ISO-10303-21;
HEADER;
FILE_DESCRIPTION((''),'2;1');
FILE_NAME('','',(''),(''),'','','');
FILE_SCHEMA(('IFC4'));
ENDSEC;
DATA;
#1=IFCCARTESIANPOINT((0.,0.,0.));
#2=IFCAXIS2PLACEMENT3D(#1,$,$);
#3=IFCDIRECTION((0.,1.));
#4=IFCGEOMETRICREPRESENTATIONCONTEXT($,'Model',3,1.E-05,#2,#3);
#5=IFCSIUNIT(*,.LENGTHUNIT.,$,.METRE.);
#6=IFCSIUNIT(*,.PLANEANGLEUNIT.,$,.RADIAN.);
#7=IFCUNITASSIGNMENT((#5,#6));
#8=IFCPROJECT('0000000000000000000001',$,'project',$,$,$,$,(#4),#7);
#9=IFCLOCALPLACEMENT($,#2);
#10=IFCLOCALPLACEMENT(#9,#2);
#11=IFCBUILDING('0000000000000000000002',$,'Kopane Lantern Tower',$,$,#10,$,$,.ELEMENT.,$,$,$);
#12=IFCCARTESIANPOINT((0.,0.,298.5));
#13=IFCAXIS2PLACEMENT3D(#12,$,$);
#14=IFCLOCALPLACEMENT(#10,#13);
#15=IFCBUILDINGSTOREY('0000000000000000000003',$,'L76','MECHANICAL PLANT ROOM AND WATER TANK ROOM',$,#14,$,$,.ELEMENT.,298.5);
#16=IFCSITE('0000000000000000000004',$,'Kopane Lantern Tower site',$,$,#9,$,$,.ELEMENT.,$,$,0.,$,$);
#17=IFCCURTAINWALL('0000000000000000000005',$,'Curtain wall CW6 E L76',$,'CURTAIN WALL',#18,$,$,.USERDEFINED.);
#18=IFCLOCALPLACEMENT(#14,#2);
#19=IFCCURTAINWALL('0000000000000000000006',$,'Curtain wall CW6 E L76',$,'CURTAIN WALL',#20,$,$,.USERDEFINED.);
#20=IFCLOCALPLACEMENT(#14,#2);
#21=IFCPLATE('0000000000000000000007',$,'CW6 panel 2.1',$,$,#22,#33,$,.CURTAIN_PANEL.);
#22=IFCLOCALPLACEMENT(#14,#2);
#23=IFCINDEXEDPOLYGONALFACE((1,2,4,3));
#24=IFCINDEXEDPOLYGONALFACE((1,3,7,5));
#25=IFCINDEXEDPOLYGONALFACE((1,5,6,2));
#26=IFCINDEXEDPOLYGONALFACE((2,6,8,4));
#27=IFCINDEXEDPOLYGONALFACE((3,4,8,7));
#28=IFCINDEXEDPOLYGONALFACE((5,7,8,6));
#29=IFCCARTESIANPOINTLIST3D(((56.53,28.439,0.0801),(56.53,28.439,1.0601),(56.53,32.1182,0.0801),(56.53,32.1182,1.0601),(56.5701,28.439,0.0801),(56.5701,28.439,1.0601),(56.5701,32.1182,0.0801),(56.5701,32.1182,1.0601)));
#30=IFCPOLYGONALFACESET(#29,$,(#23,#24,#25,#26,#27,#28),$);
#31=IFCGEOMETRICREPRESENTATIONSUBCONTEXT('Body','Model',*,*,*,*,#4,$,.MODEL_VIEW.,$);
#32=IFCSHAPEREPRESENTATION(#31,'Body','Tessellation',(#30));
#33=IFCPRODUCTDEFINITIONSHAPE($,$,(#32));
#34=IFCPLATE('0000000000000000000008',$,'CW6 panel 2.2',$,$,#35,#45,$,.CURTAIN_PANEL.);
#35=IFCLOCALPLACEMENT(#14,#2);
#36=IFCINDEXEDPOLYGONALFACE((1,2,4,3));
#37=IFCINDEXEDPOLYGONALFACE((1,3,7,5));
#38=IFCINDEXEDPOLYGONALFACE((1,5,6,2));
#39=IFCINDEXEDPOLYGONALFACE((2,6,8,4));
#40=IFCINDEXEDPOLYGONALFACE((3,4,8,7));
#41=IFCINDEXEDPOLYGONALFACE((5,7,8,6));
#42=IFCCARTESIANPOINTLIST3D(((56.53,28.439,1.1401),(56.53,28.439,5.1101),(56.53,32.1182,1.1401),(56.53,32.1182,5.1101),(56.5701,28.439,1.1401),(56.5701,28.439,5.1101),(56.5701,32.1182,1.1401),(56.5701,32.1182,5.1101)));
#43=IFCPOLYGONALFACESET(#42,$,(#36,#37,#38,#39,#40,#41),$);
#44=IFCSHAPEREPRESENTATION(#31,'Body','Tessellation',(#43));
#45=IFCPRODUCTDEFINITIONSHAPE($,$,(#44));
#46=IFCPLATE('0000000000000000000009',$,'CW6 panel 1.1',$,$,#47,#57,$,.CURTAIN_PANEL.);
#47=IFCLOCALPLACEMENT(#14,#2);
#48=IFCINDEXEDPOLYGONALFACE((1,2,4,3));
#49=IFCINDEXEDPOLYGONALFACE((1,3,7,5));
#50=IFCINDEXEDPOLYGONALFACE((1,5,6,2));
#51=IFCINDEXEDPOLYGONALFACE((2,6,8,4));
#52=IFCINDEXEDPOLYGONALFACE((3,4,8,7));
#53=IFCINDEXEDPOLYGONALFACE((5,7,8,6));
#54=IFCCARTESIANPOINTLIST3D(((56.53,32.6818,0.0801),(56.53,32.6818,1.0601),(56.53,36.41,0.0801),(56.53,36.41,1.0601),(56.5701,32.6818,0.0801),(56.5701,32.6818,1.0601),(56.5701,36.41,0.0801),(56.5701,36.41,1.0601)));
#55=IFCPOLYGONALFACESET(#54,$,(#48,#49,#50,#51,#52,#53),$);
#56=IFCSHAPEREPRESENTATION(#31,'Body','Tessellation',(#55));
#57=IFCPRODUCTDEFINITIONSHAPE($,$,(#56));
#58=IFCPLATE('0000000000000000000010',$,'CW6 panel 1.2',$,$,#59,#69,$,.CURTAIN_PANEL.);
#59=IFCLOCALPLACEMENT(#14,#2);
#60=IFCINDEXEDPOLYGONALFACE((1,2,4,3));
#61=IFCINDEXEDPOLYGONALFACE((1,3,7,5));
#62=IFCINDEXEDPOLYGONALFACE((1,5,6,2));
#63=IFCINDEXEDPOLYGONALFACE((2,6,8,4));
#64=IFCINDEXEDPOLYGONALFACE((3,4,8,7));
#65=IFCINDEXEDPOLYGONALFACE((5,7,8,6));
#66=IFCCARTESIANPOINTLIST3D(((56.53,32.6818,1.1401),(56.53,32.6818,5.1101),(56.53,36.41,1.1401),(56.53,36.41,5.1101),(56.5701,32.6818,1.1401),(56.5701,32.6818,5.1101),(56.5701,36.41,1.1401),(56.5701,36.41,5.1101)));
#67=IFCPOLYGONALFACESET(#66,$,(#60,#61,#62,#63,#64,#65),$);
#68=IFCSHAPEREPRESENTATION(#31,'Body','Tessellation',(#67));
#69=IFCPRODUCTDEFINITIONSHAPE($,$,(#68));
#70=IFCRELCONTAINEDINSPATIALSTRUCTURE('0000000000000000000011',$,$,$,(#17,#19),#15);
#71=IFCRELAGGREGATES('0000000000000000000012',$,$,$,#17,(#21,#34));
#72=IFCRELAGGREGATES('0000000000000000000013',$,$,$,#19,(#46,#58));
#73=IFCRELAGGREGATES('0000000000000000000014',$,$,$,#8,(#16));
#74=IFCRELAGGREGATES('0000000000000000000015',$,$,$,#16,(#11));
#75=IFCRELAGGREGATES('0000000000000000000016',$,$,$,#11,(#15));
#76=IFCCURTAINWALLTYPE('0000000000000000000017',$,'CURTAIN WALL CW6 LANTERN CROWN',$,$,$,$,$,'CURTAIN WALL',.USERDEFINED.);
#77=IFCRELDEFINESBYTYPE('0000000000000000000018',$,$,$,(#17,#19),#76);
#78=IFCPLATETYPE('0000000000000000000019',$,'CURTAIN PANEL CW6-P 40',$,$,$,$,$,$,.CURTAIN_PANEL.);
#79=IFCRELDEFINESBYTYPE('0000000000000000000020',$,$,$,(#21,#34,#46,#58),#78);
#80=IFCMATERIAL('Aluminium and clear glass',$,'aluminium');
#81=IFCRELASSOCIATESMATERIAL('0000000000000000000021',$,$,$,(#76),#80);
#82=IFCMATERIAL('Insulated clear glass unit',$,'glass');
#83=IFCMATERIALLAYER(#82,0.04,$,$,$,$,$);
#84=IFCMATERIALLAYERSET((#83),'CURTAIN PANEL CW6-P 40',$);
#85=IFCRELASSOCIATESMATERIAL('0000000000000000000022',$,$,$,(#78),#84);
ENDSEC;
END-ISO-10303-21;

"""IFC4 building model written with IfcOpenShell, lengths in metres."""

from ifc_helpers import new_model, si_unit, direction, frame, origin, origin_2d, place, context, subcontext, project, spatial, rectangle, extrude, material, layer, layer_set, type_object, element, aggregate, save


model = new_model("IFC4")

# Units and contexts
model_context = context("Model", 3, precision=1e-05, world=origin(), true_north=direction((0.0, 1.0)))
body_context = subcontext(model_context, "Body", "Model", "MODEL_VIEW")
ifc_project = project(units=[si_unit("LENGTHUNIT", "METRE"), si_unit("PLANEANGLEUNIT", "RADIAN")], contexts=[model_context])

# Site, building, storey
site_placement = place(None, origin())
site = spatial("IfcSite", under=ifc_project, at=site_placement, Name="Kopane Lantern Tower site", CompositionType="ELEMENT", RefElevation=0.0)
building_placement = place(site_placement, origin())
building = spatial("IfcBuilding", under=site, at=building_placement, Name="Kopane Lantern Tower", CompositionType="ELEMENT")
storey_placement = place(building_placement, frame((0.0, 0.0, 298.5)))
storey = spatial("IfcBuildingStorey", under=building, at=storey_placement, Name="L76", Description="MECHANICAL PLANT ROOM AND WATER TANK ROOM", CompositionType="ELEMENT", Elevation=298.5)

# Curtain walls
ifc_material_1 = material(Name="Aluminium and clear glass", Category="aluminium")
curtain_wall_type = type_object("IfcCurtainWallType", Name="CURTAIN WALL CW6 LANTERN CROWN", ElementType="CURTAIN WALL", PredefinedType="USERDEFINED", material=ifc_material_1)
curtain_wall_1_placement = place(storey_placement, origin())
curtain_wall_1 = element("IfcCurtainWall", 1, at=curtain_wall_1_placement, inside=storey, type_object=curtain_wall_type, Name="Curtain wall CW6 E L76", ObjectType="CURTAIN WALL", PredefinedType="USERDEFINED")
curtain_wall_2_placement = place(storey_placement, origin())
curtain_wall_2 = element("IfcCurtainWall", 2, at=curtain_wall_2_placement, inside=storey, type_object=curtain_wall_type, Name="Curtain wall CW6 E L76", ObjectType="CURTAIN WALL", PredefinedType="USERDEFINED")

# Plates
ifc_material_2 = material(Name="Insulated clear glass unit", Category="glass")
ifc_layer = layer(ifc_material_2, 0.04)
ifc_layer_set = layer_set([ifc_layer], Name="CURTAIN PANEL CW6-P 40")
plate_type = type_object("IfcPlateType", Name="CURTAIN PANEL CW6-P 40", PredefinedType="CURTAIN_PANEL", material=ifc_layer_set)
plate_1_placement = place(storey_placement, frame((56.55, 30.2786, 0.0801), z_axis=(0.0, 0.0, 1.0), x_axis=(0.0, 1.0, 0.0)))
plate_1 = element("IfcPlate", 3, at=plate_1_placement, type_object=plate_type, Name="CW6 panel 2.1", PredefinedType="CURTAIN_PANEL", context=body_context, shape_type="SweptSolid", body=[
    extrude(rectangle(XDim=3.6792, YDim=0.04, at=origin_2d()), origin(), (0.0, 0.0, 1.0), 0.98),
])
plate_2_placement = place(storey_placement, frame((56.55, 30.2786, 1.1401), z_axis=(0.0, 0.0, 1.0), x_axis=(0.0, 1.0, 0.0)))
plate_2 = element("IfcPlate", 4, at=plate_2_placement, type_object=plate_type, Name="CW6 panel 2.2", PredefinedType="CURTAIN_PANEL", context=body_context, shape_type="SweptSolid", body=[
    extrude(rectangle(XDim=3.6792, YDim=0.04, at=origin_2d()), origin(), (0.0, 0.0, 1.0), 3.97),
])
aggregate(curtain_wall_1, [plate_1, plate_2])
plate_3_placement = place(storey_placement, frame((56.55, 34.5459, 0.0801), z_axis=(0.0, 0.0, 1.0), x_axis=(0.0, 1.0, 0.0)))
plate_3 = element("IfcPlate", 5, at=plate_3_placement, type_object=plate_type, Name="CW6 panel 1.1", PredefinedType="CURTAIN_PANEL", context=body_context, shape_type="SweptSolid", body=[
    extrude(rectangle(XDim=3.7283, YDim=0.04, at=origin_2d()), origin(), (0.0, 0.0, 1.0), 0.98),
])
plate_4_placement = place(storey_placement, frame((56.55, 34.5459, 1.1401), z_axis=(0.0, 0.0, 1.0), x_axis=(0.0, 1.0, 0.0)))
plate_4 = element("IfcPlate", 6, at=plate_4_placement, type_object=plate_type, Name="CW6 panel 1.2", PredefinedType="CURTAIN_PANEL", context=body_context, shape_type="SweptSolid", body=[
    extrude(rectangle(XDim=3.7283, YDim=0.04, at=origin_2d()), origin(), (0.0, 0.0, 1.0), 3.97),
])
aggregate(curtain_wall_2, [plate_3, plate_4])

save(model, "model.ifc")
